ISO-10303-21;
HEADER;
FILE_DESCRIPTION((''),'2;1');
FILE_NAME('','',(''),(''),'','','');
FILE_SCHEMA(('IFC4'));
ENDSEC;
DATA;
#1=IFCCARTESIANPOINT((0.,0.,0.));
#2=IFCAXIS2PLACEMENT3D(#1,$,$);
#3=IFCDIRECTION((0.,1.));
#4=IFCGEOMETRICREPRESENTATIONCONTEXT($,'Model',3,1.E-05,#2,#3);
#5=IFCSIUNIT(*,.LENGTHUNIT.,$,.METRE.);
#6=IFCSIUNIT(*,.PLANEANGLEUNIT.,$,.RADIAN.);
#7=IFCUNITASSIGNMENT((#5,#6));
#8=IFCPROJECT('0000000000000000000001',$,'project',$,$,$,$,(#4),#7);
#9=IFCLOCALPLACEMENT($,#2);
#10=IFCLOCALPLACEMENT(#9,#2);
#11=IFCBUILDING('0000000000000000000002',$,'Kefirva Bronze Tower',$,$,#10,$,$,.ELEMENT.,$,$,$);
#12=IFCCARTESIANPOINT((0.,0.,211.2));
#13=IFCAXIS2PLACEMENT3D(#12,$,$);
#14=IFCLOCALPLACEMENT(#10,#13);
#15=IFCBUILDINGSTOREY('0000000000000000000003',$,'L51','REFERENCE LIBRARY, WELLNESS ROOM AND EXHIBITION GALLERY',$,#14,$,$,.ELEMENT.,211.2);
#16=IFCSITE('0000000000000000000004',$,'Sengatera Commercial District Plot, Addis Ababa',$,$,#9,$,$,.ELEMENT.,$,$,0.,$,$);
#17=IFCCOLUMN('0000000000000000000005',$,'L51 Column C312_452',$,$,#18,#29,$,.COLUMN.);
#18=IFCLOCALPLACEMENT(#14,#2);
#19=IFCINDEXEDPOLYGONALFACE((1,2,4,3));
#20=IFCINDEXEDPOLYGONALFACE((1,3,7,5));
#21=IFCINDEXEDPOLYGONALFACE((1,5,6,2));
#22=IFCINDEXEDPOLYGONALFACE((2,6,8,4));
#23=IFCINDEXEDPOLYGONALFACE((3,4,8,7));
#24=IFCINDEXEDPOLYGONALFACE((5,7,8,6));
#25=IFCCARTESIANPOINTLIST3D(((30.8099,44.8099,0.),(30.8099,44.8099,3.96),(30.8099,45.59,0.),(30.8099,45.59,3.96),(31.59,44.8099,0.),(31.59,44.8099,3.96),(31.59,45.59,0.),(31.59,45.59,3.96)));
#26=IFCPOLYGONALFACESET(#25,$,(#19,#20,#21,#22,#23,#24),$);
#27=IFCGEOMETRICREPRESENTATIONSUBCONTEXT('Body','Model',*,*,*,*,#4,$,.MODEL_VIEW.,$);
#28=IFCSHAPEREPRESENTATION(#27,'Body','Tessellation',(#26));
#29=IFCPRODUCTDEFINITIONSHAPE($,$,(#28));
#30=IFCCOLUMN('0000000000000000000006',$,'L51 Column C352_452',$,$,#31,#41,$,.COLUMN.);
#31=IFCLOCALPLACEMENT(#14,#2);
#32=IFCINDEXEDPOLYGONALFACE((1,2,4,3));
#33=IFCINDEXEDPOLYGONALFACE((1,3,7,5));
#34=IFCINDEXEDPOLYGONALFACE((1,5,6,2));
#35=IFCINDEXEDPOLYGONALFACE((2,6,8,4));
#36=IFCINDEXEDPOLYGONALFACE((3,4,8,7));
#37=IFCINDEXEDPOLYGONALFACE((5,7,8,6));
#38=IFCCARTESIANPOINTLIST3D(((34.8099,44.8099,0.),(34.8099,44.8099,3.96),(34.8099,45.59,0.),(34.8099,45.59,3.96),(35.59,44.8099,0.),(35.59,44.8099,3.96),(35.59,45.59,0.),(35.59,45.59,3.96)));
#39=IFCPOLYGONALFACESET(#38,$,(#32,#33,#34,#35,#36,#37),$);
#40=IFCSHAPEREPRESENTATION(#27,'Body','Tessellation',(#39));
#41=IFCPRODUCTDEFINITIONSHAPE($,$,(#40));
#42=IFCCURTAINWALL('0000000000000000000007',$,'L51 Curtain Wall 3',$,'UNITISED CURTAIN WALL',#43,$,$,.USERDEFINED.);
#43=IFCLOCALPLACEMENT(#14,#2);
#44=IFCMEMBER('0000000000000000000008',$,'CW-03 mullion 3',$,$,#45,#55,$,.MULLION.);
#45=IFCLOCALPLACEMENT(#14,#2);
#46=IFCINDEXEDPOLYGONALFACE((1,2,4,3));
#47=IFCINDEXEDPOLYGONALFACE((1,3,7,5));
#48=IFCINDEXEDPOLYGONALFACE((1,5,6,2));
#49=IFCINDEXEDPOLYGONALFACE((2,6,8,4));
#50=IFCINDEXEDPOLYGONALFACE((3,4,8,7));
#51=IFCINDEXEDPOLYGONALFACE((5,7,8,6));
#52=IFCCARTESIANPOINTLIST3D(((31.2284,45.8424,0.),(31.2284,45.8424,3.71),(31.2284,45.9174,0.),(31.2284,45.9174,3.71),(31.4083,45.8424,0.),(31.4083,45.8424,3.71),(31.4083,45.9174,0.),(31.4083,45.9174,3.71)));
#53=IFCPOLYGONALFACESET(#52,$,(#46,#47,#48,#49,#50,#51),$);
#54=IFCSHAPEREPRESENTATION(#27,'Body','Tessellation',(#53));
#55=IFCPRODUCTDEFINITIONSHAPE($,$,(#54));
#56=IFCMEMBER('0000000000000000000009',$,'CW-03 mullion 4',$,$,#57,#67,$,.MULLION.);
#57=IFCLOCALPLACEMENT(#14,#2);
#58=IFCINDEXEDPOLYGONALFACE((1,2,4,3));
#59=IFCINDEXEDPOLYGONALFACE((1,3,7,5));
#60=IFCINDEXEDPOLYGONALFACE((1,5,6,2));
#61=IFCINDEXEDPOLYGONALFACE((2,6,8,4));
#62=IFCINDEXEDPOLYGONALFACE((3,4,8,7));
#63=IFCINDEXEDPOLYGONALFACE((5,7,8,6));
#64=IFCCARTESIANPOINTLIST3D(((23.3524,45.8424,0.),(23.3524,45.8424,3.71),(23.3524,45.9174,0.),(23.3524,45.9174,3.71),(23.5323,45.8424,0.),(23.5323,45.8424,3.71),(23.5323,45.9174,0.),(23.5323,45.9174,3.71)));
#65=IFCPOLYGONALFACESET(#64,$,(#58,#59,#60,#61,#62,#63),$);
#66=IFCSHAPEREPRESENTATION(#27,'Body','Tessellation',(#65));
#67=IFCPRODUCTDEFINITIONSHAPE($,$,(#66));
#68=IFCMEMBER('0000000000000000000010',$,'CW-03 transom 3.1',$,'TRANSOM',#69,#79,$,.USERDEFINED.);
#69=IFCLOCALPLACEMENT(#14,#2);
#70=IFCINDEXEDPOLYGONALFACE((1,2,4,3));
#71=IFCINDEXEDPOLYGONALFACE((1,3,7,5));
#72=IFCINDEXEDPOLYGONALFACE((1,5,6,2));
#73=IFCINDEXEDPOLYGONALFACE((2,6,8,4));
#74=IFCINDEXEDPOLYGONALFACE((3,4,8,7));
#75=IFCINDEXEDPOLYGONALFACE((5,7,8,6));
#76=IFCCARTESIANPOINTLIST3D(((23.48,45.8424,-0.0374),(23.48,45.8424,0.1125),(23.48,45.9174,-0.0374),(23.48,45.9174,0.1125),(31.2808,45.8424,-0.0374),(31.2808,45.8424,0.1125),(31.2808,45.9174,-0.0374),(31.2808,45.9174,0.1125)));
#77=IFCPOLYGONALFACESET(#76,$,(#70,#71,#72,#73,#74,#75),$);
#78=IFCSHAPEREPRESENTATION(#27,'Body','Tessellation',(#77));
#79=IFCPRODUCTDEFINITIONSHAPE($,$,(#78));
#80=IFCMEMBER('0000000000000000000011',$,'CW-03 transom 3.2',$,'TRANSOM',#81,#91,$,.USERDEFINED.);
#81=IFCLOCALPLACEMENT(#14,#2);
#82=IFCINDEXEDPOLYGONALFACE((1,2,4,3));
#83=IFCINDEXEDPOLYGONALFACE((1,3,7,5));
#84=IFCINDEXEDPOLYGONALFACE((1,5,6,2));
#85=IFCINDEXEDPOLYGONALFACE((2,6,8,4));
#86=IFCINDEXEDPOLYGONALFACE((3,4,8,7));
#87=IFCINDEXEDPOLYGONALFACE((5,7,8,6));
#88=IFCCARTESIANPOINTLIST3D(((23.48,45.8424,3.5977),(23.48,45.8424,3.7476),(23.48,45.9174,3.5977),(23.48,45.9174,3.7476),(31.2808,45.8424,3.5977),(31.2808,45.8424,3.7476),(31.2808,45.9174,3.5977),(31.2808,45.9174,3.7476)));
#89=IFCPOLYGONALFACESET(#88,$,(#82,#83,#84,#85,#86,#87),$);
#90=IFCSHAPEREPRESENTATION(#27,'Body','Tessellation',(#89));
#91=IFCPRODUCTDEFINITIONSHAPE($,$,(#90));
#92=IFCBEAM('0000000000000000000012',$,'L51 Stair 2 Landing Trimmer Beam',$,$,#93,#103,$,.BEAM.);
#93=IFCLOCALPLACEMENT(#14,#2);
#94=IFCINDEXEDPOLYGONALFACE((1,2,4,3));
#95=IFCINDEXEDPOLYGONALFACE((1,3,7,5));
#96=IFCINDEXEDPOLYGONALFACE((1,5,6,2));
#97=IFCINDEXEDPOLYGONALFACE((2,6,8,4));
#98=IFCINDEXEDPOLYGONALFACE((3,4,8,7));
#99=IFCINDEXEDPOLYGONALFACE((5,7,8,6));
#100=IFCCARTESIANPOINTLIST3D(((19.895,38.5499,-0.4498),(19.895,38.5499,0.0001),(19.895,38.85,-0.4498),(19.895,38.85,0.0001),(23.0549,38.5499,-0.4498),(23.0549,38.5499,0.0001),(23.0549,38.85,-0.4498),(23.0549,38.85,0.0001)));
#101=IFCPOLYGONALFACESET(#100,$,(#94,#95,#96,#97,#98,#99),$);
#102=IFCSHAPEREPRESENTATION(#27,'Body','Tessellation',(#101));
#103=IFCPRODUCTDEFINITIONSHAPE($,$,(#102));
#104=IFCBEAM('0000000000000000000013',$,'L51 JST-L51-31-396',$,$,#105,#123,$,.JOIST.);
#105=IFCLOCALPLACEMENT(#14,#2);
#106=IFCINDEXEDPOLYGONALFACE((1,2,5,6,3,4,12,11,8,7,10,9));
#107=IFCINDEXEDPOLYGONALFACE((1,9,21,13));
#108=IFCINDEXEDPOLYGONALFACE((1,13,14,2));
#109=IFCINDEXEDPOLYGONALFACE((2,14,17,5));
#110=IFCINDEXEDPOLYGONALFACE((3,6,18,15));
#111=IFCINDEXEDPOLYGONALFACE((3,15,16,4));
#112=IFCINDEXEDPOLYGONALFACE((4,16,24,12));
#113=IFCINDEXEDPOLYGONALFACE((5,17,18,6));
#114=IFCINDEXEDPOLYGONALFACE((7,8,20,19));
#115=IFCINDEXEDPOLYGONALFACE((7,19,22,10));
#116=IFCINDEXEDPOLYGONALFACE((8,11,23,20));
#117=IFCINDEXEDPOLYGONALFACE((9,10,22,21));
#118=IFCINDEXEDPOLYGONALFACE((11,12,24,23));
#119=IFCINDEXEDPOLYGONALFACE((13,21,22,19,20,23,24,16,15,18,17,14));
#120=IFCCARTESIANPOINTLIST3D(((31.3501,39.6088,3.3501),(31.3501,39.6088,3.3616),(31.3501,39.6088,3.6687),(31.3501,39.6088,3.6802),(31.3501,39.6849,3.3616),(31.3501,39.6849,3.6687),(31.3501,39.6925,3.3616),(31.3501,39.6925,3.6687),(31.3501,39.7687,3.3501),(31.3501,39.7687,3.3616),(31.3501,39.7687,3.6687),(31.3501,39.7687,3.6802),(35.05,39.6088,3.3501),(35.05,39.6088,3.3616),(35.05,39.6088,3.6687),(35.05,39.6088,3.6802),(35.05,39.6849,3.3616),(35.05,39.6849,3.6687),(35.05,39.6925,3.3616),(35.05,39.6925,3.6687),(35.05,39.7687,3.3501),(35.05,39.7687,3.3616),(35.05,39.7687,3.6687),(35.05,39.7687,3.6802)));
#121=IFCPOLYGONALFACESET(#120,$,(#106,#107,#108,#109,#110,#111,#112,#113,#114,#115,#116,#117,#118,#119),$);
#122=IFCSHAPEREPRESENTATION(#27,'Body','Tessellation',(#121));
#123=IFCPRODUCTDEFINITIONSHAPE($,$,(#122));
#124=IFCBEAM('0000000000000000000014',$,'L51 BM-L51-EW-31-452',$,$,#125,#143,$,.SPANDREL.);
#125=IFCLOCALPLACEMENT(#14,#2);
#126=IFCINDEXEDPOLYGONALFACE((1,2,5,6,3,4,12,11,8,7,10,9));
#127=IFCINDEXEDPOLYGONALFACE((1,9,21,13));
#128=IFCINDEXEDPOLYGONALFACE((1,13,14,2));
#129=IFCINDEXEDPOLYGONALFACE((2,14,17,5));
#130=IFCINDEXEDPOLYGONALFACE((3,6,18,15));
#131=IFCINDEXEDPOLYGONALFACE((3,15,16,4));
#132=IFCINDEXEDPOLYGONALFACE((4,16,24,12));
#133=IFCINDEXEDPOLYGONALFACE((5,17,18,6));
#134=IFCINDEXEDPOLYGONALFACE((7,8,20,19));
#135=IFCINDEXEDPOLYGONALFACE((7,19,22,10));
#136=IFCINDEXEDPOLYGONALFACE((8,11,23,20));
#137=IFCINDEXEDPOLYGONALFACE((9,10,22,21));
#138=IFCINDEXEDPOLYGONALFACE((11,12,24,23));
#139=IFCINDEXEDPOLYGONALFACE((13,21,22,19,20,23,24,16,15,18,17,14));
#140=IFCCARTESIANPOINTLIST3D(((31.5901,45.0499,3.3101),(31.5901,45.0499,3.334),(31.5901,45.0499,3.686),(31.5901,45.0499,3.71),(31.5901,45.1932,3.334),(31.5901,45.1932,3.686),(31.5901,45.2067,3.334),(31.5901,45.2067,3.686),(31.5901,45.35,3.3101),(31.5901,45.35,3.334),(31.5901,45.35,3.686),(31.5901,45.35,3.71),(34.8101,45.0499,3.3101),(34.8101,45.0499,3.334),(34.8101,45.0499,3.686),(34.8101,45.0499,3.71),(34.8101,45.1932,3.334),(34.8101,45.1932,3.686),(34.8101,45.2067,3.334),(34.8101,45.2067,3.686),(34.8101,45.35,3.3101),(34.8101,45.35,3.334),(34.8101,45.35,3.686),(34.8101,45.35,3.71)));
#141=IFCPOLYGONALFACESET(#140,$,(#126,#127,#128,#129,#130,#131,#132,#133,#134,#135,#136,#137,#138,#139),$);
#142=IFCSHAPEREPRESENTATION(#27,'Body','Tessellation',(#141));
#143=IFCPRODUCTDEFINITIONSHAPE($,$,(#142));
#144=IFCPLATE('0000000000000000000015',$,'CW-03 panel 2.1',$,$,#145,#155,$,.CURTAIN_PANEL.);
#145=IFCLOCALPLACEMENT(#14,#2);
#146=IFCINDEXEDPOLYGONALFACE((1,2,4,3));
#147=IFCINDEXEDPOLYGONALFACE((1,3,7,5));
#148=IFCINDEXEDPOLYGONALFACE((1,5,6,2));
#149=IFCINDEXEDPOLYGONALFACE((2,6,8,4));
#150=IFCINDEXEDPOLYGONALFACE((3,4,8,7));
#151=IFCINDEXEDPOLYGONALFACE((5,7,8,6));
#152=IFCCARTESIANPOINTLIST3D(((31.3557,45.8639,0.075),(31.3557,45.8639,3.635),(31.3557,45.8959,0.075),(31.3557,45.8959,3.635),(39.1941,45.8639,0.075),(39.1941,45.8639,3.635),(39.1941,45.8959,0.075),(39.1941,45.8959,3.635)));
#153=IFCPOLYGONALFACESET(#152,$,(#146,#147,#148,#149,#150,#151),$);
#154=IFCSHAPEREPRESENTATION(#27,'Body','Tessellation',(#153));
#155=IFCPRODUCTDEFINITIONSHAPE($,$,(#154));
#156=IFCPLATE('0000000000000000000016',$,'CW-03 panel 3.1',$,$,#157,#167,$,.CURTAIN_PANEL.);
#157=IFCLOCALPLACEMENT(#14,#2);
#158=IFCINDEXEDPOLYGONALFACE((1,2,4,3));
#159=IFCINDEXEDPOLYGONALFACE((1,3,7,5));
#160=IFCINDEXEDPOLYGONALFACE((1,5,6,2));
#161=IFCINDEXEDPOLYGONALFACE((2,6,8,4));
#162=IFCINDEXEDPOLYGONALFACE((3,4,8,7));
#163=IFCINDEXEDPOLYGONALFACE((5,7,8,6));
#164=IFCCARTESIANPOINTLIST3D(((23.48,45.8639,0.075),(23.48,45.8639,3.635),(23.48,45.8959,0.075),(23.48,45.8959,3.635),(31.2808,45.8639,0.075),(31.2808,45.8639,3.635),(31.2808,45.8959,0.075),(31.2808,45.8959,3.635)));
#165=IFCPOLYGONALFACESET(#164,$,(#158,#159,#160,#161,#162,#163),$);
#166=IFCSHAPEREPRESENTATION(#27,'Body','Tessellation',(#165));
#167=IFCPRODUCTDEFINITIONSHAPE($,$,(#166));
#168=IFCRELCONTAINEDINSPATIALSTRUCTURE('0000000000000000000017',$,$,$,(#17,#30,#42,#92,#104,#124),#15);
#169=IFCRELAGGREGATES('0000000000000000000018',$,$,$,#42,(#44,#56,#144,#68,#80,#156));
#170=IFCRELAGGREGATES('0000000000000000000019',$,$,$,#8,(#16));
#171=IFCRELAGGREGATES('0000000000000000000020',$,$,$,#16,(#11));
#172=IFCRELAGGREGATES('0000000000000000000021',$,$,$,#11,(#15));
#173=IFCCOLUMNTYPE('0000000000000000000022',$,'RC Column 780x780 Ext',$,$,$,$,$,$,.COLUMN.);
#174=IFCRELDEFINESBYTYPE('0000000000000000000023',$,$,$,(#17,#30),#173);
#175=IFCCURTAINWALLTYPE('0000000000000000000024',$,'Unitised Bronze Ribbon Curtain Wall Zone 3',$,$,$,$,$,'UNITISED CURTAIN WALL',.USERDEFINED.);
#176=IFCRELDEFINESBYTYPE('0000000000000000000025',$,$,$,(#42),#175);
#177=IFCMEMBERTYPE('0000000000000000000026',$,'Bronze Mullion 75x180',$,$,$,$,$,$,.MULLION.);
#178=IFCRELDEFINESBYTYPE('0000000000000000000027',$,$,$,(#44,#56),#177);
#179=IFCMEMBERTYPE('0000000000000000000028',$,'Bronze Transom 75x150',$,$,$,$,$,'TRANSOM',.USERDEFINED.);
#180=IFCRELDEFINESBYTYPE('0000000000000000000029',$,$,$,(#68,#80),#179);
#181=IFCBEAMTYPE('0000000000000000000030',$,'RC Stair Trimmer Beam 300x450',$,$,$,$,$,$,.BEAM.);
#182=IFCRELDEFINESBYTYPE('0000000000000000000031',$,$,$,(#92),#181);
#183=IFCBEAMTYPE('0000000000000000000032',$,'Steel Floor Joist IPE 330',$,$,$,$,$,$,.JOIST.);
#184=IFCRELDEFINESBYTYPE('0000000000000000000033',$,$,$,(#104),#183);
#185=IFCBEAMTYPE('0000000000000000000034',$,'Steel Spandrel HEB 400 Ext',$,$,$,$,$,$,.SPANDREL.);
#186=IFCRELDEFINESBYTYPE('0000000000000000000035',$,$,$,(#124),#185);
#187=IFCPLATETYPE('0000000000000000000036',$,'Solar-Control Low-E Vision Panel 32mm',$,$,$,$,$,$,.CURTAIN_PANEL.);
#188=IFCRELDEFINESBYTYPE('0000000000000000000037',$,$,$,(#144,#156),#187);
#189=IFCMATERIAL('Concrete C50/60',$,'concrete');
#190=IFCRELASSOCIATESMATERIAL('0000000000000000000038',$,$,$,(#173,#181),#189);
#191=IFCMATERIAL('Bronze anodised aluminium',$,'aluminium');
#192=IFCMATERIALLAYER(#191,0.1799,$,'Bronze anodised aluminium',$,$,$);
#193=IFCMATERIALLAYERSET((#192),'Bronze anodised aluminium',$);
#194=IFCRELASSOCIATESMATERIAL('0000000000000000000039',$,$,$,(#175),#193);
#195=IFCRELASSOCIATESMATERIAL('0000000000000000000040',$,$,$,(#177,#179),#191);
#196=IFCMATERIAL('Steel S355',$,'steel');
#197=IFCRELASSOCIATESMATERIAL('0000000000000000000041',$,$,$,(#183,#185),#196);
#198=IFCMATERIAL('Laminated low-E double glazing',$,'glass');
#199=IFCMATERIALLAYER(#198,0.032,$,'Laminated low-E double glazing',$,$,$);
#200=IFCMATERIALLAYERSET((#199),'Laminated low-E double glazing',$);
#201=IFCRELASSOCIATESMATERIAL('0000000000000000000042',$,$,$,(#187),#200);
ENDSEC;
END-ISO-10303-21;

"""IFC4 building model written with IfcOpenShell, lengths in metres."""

from ifc_helpers import new_model, si_unit, direction, frame, origin, origin_2d, place, context, subcontext, project, spatial, rectangle, i_section, extrude, material, layer, layer_set, material_profile, profile_set, type_object, element, aggregate, save


model = new_model("IFC4")

# Units and contexts
model_context = context("Model", 3, precision=1e-05, world=origin(), true_north=direction((0.0, 1.0)))
body_context = subcontext(model_context, "Body", "Model", "MODEL_VIEW")
ifc_project = project(units=[si_unit("LENGTHUNIT", "METRE"), si_unit("PLANEANGLEUNIT", "RADIAN")], contexts=[model_context])

# Site, building, storey
site_placement = place(None, origin())
site = spatial("IfcSite", under=ifc_project, at=site_placement, Name="Sengatera Commercial District Plot, Addis Ababa", CompositionType="ELEMENT", RefElevation=0.0)
building_placement = place(site_placement, origin())
building = spatial("IfcBuilding", under=site, at=building_placement, Name="Kefirva Bronze Tower", CompositionType="ELEMENT")
storey_placement = place(building_placement, frame((0.0, 0.0, 211.2)))
storey = spatial("IfcBuildingStorey", under=building, at=storey_placement, Name="L51", Description="REFERENCE LIBRARY, WELLNESS ROOM AND EXHIBITION GALLERY", CompositionType="ELEMENT", Elevation=211.2)

# Columns
ifc_material_1 = material(Name="Concrete C50/60", Category="concrete")
ifc_material_profile_1 = material_profile(ifc_material_1, rectangle(XDim=0.78, YDim=0.78, at=origin_2d()), Name="RC 780x780")
ifc_profile_set_1 = profile_set([ifc_material_profile_1], Name="Concrete C50/60")
column_type = type_object("IfcColumnType", Name="RC Column 780x780 Ext", PredefinedType="COLUMN", material=ifc_profile_set_1)
for number, where, z_axis, x_axis, name in (
    (1, (31.2, 45.2, 0.0), (0.0, 0.0, 1.0), (1.0, 0.0, 0.0), "L51 Column C312_452"),
    (2, (35.2, 45.2, 0.0), (0.0, 0.0, 1.0), (1.0, 0.0, 0.0), "L51 Column C352_452"),
):
    element("IfcColumn", number, at=place(storey_placement, frame(where, z_axis=z_axis, x_axis=x_axis)), inside=storey, type_object=column_type, Name=name, PredefinedType="COLUMN", context=body_context, shape_type="SweptSolid", body=[
        extrude(rectangle(XDim=0.78, YDim=0.78, at=origin_2d()), origin(), (0.0, 0.0, 1.0), 3.96),
    ])

# Curtain wall, members
ifc_material_2 = material(Name="Bronze anodised aluminium", Category="aluminium")
ifc_layer_1 = layer(ifc_material_2, 0.1799, Name="Bronze anodised aluminium")
ifc_layer_set_1 = layer_set([ifc_layer_1], Name="Bronze anodised aluminium")
curtain_wall_type = type_object("IfcCurtainWallType", Name="Unitised Bronze Ribbon Curtain Wall Zone 3", ElementType="UNITISED CURTAIN WALL", PredefinedType="USERDEFINED", material=ifc_layer_set_1)
curtain_wall_placement = place(storey_placement, origin())
curtain_wall = element("IfcCurtainWall", 3, at=curtain_wall_placement, inside=storey, type_object=curtain_wall_type, Name="L51 Curtain Wall 3", ObjectType="UNITISED CURTAIN WALL", PredefinedType="USERDEFINED")
ifc_material_profile_2 = material_profile(ifc_material_2, rectangle(XDim=0.075, YDim=0.1799, at=origin_2d()), Name="ALU 75x180")
ifc_profile_set_2 = profile_set([ifc_material_profile_2], Name="Bronze anodised aluminium")
member_type_1 = type_object("IfcMemberType", Name="Bronze Mullion 75x180", PredefinedType="MULLION", material=ifc_profile_set_2)
member_1_placement = place(storey_placement, frame((31.3184, 45.8799, 0.0), z_axis=(0.0, 0.0, 1.0), x_axis=(0.0, -1.0, 0.0)))
member_1 = element("IfcMember", 4, at=member_1_placement, type_object=member_type_1, Name="CW-03 mullion 3", PredefinedType="MULLION", context=body_context, shape_type="SweptSolid", body=[
    extrude(rectangle(XDim=0.075, YDim=0.1799, at=origin_2d()), origin(), (0.0, 0.0, 1.0), 3.71),
])
member_2_placement = place(storey_placement, frame((23.4424, 45.8799, 0.0), z_axis=(0.0, 0.0, 1.0), x_axis=(0.0, -1.0, 0.0)))
member_2 = element("IfcMember", 5, at=member_2_placement, type_object=member_type_1, Name="CW-03 mullion 4", PredefinedType="MULLION", context=body_context, shape_type="SweptSolid", body=[
    extrude(rectangle(XDim=0.075, YDim=0.1799, at=origin_2d()), origin(), (0.0, 0.0, 1.0), 3.71),
])
ifc_material_profile_3 = material_profile(ifc_material_2, rectangle(XDim=0.075, YDim=0.1499, at=origin_2d()), Name="ALU 75x150")
ifc_profile_set_3 = profile_set([ifc_material_profile_3], Name="Bronze anodised aluminium")
member_type_2 = type_object("IfcMemberType", Name="Bronze Transom 75x150", ElementType="TRANSOM", PredefinedType="USERDEFINED", material=ifc_profile_set_3)
member_3_placement = place(storey_placement, frame((31.2808, 45.8799, 0.0376), z_axis=(-1.0, 0.0, 0.0), x_axis=(0.0, -1.0, 0.0)))
member_3 = element("IfcMember", 6, at=member_3_placement, type_object=member_type_2, Name="CW-03 transom 3.1", ObjectType="TRANSOM", PredefinedType="USERDEFINED", context=body_context, shape_type="SweptSolid", body=[
    extrude(rectangle(XDim=0.075, YDim=0.1499, at=origin_2d()), origin(), (0.0, 0.0, 1.0), 7.8008),
])
member_4_placement = place(storey_placement, frame((31.2808, 45.8799, 3.6726), z_axis=(-1.0, 0.0, 0.0), x_axis=(0.0, -1.0, 0.0)))
member_4 = element("IfcMember", 7, at=member_4_placement, type_object=member_type_2, Name="CW-03 transom 3.2", ObjectType="TRANSOM", PredefinedType="USERDEFINED", context=body_context, shape_type="SweptSolid", body=[
    extrude(rectangle(XDim=0.075, YDim=0.1499, at=origin_2d()), origin(), (0.0, 0.0, 1.0), 7.8008),
])

# Beams
ifc_material_profile_4 = material_profile(ifc_material_1, rectangle(XDim=0.3, YDim=0.45, at=origin_2d()), Name="RC 300x450")
ifc_profile_set_4 = profile_set([ifc_material_profile_4], Name="Concrete C50/60")
beam_type_1 = type_object("IfcBeamType", Name="RC Stair Trimmer Beam 300x450", PredefinedType="BEAM", material=ifc_profile_set_4)
beam_1_placement = place(storey_placement, frame((19.895, 38.7, -0.2249), z_axis=(1.0, 0.0, 0.0), x_axis=(0.0, 1.0, 0.0)))
element("IfcBeam", 8, at=beam_1_placement, inside=storey, type_object=beam_type_1, Name="L51 Stair 2 Landing Trimmer Beam", PredefinedType="BEAM", context=body_context, shape_type="SweptSolid", body=[
    extrude(rectangle(XDim=0.3, YDim=0.45, at=origin_2d()), origin(), (0.0, 0.0, 1.0), 3.1599),
])
ifc_material_3 = material(Name="Steel S355", Category="steel")
ifc_material_profile_5 = material_profile(ifc_material_3, i_section(OverallWidth=0.1599, OverallDepth=0.3301, WebThickness=0.0076, FlangeThickness=0.0115, at=origin_2d()), Name="IPE 330")
ifc_profile_set_5 = profile_set([ifc_material_profile_5], Name="Steel S355")
beam_type_2 = type_object("IfcBeamType", Name="Steel Floor Joist IPE 330", PredefinedType="JOIST", material=ifc_profile_set_5)
beam_2_placement = place(storey_placement, frame((31.3501, 39.6887, 3.5151), z_axis=(1.0, 0.0, 0.0), x_axis=(0.0, 1.0, 0.0)))
element("IfcBeam", 9, at=beam_2_placement, inside=storey, type_object=beam_type_2, Name="L51 JST-L51-31-396", PredefinedType="JOIST", context=body_context, shape_type="SweptSolid", body=[
    extrude(i_section(OverallWidth=0.1599, OverallDepth=0.3301, WebThickness=0.0076, FlangeThickness=0.0115, at=origin_2d()), origin(), (0.0, 0.0, 1.0), 3.7),
])
ifc_material_profile_6 = material_profile(ifc_material_3, i_section(OverallWidth=0.3, OverallDepth=0.3999, WebThickness=0.0134, FlangeThickness=0.0239, at=origin_2d()), Name="HEB 400")
ifc_profile_set_6 = profile_set([ifc_material_profile_6], Name="Steel S355")
beam_type_3 = type_object("IfcBeamType", Name="Steel Spandrel HEB 400 Ext", PredefinedType="SPANDREL", material=ifc_profile_set_6)
beam_3_placement = place(storey_placement, frame((31.5901, 45.2, 3.51), z_axis=(1.0, 0.0, 0.0), x_axis=(0.0, 1.0, 0.0)))
element("IfcBeam", 10, at=beam_3_placement, inside=storey, type_object=beam_type_3, Name="L51 BM-L51-EW-31-452", PredefinedType="SPANDREL", context=body_context, shape_type="SweptSolid", body=[
    extrude(i_section(OverallWidth=0.3, OverallDepth=0.3999, WebThickness=0.0134, FlangeThickness=0.0239, at=origin_2d()), origin(), (0.0, 0.0, 1.0), 3.22),
])

# Plates
ifc_material_4 = material(Name="Laminated low-E double glazing", Category="glass")
ifc_layer_2 = layer(ifc_material_4, 0.032, Name="Laminated low-E double glazing")
ifc_layer_set_2 = layer_set([ifc_layer_2], Name="Laminated low-E double glazing")
plate_type = type_object("IfcPlateType", Name="Solar-Control Low-E Vision Panel 32mm", PredefinedType="CURTAIN_PANEL", material=ifc_layer_set_2)
plate_1_placement = place(storey_placement, frame((35.2749, 45.8799, 0.075), z_axis=(0.0, 0.0, 1.0), x_axis=(-1.0, 0.0, 0.0)))
plate_1 = element("IfcPlate", 11, at=plate_1_placement, type_object=plate_type, Name="CW-03 panel 2.1", PredefinedType="CURTAIN_PANEL", context=body_context, shape_type="SweptSolid", body=[
    extrude(rectangle(XDim=7.8384, YDim=0.032, at=origin_2d()), origin(), (0.0, 0.0, 1.0), 3.5601),
])
plate_2_placement = place(storey_placement, frame((27.3804, 45.8799, 0.075), z_axis=(0.0, 0.0, 1.0), x_axis=(-1.0, 0.0, 0.0)))
plate_2 = element("IfcPlate", 12, at=plate_2_placement, type_object=plate_type, Name="CW-03 panel 3.1", PredefinedType="CURTAIN_PANEL", context=body_context, shape_type="SweptSolid", body=[
    extrude(rectangle(XDim=7.8008, YDim=0.032, at=origin_2d()), origin(), (0.0, 0.0, 1.0), 3.5601),
])
aggregate(curtain_wall, [member_1, member_2, plate_1, member_3, member_4, plate_2])

save(model, "model.ifc")
